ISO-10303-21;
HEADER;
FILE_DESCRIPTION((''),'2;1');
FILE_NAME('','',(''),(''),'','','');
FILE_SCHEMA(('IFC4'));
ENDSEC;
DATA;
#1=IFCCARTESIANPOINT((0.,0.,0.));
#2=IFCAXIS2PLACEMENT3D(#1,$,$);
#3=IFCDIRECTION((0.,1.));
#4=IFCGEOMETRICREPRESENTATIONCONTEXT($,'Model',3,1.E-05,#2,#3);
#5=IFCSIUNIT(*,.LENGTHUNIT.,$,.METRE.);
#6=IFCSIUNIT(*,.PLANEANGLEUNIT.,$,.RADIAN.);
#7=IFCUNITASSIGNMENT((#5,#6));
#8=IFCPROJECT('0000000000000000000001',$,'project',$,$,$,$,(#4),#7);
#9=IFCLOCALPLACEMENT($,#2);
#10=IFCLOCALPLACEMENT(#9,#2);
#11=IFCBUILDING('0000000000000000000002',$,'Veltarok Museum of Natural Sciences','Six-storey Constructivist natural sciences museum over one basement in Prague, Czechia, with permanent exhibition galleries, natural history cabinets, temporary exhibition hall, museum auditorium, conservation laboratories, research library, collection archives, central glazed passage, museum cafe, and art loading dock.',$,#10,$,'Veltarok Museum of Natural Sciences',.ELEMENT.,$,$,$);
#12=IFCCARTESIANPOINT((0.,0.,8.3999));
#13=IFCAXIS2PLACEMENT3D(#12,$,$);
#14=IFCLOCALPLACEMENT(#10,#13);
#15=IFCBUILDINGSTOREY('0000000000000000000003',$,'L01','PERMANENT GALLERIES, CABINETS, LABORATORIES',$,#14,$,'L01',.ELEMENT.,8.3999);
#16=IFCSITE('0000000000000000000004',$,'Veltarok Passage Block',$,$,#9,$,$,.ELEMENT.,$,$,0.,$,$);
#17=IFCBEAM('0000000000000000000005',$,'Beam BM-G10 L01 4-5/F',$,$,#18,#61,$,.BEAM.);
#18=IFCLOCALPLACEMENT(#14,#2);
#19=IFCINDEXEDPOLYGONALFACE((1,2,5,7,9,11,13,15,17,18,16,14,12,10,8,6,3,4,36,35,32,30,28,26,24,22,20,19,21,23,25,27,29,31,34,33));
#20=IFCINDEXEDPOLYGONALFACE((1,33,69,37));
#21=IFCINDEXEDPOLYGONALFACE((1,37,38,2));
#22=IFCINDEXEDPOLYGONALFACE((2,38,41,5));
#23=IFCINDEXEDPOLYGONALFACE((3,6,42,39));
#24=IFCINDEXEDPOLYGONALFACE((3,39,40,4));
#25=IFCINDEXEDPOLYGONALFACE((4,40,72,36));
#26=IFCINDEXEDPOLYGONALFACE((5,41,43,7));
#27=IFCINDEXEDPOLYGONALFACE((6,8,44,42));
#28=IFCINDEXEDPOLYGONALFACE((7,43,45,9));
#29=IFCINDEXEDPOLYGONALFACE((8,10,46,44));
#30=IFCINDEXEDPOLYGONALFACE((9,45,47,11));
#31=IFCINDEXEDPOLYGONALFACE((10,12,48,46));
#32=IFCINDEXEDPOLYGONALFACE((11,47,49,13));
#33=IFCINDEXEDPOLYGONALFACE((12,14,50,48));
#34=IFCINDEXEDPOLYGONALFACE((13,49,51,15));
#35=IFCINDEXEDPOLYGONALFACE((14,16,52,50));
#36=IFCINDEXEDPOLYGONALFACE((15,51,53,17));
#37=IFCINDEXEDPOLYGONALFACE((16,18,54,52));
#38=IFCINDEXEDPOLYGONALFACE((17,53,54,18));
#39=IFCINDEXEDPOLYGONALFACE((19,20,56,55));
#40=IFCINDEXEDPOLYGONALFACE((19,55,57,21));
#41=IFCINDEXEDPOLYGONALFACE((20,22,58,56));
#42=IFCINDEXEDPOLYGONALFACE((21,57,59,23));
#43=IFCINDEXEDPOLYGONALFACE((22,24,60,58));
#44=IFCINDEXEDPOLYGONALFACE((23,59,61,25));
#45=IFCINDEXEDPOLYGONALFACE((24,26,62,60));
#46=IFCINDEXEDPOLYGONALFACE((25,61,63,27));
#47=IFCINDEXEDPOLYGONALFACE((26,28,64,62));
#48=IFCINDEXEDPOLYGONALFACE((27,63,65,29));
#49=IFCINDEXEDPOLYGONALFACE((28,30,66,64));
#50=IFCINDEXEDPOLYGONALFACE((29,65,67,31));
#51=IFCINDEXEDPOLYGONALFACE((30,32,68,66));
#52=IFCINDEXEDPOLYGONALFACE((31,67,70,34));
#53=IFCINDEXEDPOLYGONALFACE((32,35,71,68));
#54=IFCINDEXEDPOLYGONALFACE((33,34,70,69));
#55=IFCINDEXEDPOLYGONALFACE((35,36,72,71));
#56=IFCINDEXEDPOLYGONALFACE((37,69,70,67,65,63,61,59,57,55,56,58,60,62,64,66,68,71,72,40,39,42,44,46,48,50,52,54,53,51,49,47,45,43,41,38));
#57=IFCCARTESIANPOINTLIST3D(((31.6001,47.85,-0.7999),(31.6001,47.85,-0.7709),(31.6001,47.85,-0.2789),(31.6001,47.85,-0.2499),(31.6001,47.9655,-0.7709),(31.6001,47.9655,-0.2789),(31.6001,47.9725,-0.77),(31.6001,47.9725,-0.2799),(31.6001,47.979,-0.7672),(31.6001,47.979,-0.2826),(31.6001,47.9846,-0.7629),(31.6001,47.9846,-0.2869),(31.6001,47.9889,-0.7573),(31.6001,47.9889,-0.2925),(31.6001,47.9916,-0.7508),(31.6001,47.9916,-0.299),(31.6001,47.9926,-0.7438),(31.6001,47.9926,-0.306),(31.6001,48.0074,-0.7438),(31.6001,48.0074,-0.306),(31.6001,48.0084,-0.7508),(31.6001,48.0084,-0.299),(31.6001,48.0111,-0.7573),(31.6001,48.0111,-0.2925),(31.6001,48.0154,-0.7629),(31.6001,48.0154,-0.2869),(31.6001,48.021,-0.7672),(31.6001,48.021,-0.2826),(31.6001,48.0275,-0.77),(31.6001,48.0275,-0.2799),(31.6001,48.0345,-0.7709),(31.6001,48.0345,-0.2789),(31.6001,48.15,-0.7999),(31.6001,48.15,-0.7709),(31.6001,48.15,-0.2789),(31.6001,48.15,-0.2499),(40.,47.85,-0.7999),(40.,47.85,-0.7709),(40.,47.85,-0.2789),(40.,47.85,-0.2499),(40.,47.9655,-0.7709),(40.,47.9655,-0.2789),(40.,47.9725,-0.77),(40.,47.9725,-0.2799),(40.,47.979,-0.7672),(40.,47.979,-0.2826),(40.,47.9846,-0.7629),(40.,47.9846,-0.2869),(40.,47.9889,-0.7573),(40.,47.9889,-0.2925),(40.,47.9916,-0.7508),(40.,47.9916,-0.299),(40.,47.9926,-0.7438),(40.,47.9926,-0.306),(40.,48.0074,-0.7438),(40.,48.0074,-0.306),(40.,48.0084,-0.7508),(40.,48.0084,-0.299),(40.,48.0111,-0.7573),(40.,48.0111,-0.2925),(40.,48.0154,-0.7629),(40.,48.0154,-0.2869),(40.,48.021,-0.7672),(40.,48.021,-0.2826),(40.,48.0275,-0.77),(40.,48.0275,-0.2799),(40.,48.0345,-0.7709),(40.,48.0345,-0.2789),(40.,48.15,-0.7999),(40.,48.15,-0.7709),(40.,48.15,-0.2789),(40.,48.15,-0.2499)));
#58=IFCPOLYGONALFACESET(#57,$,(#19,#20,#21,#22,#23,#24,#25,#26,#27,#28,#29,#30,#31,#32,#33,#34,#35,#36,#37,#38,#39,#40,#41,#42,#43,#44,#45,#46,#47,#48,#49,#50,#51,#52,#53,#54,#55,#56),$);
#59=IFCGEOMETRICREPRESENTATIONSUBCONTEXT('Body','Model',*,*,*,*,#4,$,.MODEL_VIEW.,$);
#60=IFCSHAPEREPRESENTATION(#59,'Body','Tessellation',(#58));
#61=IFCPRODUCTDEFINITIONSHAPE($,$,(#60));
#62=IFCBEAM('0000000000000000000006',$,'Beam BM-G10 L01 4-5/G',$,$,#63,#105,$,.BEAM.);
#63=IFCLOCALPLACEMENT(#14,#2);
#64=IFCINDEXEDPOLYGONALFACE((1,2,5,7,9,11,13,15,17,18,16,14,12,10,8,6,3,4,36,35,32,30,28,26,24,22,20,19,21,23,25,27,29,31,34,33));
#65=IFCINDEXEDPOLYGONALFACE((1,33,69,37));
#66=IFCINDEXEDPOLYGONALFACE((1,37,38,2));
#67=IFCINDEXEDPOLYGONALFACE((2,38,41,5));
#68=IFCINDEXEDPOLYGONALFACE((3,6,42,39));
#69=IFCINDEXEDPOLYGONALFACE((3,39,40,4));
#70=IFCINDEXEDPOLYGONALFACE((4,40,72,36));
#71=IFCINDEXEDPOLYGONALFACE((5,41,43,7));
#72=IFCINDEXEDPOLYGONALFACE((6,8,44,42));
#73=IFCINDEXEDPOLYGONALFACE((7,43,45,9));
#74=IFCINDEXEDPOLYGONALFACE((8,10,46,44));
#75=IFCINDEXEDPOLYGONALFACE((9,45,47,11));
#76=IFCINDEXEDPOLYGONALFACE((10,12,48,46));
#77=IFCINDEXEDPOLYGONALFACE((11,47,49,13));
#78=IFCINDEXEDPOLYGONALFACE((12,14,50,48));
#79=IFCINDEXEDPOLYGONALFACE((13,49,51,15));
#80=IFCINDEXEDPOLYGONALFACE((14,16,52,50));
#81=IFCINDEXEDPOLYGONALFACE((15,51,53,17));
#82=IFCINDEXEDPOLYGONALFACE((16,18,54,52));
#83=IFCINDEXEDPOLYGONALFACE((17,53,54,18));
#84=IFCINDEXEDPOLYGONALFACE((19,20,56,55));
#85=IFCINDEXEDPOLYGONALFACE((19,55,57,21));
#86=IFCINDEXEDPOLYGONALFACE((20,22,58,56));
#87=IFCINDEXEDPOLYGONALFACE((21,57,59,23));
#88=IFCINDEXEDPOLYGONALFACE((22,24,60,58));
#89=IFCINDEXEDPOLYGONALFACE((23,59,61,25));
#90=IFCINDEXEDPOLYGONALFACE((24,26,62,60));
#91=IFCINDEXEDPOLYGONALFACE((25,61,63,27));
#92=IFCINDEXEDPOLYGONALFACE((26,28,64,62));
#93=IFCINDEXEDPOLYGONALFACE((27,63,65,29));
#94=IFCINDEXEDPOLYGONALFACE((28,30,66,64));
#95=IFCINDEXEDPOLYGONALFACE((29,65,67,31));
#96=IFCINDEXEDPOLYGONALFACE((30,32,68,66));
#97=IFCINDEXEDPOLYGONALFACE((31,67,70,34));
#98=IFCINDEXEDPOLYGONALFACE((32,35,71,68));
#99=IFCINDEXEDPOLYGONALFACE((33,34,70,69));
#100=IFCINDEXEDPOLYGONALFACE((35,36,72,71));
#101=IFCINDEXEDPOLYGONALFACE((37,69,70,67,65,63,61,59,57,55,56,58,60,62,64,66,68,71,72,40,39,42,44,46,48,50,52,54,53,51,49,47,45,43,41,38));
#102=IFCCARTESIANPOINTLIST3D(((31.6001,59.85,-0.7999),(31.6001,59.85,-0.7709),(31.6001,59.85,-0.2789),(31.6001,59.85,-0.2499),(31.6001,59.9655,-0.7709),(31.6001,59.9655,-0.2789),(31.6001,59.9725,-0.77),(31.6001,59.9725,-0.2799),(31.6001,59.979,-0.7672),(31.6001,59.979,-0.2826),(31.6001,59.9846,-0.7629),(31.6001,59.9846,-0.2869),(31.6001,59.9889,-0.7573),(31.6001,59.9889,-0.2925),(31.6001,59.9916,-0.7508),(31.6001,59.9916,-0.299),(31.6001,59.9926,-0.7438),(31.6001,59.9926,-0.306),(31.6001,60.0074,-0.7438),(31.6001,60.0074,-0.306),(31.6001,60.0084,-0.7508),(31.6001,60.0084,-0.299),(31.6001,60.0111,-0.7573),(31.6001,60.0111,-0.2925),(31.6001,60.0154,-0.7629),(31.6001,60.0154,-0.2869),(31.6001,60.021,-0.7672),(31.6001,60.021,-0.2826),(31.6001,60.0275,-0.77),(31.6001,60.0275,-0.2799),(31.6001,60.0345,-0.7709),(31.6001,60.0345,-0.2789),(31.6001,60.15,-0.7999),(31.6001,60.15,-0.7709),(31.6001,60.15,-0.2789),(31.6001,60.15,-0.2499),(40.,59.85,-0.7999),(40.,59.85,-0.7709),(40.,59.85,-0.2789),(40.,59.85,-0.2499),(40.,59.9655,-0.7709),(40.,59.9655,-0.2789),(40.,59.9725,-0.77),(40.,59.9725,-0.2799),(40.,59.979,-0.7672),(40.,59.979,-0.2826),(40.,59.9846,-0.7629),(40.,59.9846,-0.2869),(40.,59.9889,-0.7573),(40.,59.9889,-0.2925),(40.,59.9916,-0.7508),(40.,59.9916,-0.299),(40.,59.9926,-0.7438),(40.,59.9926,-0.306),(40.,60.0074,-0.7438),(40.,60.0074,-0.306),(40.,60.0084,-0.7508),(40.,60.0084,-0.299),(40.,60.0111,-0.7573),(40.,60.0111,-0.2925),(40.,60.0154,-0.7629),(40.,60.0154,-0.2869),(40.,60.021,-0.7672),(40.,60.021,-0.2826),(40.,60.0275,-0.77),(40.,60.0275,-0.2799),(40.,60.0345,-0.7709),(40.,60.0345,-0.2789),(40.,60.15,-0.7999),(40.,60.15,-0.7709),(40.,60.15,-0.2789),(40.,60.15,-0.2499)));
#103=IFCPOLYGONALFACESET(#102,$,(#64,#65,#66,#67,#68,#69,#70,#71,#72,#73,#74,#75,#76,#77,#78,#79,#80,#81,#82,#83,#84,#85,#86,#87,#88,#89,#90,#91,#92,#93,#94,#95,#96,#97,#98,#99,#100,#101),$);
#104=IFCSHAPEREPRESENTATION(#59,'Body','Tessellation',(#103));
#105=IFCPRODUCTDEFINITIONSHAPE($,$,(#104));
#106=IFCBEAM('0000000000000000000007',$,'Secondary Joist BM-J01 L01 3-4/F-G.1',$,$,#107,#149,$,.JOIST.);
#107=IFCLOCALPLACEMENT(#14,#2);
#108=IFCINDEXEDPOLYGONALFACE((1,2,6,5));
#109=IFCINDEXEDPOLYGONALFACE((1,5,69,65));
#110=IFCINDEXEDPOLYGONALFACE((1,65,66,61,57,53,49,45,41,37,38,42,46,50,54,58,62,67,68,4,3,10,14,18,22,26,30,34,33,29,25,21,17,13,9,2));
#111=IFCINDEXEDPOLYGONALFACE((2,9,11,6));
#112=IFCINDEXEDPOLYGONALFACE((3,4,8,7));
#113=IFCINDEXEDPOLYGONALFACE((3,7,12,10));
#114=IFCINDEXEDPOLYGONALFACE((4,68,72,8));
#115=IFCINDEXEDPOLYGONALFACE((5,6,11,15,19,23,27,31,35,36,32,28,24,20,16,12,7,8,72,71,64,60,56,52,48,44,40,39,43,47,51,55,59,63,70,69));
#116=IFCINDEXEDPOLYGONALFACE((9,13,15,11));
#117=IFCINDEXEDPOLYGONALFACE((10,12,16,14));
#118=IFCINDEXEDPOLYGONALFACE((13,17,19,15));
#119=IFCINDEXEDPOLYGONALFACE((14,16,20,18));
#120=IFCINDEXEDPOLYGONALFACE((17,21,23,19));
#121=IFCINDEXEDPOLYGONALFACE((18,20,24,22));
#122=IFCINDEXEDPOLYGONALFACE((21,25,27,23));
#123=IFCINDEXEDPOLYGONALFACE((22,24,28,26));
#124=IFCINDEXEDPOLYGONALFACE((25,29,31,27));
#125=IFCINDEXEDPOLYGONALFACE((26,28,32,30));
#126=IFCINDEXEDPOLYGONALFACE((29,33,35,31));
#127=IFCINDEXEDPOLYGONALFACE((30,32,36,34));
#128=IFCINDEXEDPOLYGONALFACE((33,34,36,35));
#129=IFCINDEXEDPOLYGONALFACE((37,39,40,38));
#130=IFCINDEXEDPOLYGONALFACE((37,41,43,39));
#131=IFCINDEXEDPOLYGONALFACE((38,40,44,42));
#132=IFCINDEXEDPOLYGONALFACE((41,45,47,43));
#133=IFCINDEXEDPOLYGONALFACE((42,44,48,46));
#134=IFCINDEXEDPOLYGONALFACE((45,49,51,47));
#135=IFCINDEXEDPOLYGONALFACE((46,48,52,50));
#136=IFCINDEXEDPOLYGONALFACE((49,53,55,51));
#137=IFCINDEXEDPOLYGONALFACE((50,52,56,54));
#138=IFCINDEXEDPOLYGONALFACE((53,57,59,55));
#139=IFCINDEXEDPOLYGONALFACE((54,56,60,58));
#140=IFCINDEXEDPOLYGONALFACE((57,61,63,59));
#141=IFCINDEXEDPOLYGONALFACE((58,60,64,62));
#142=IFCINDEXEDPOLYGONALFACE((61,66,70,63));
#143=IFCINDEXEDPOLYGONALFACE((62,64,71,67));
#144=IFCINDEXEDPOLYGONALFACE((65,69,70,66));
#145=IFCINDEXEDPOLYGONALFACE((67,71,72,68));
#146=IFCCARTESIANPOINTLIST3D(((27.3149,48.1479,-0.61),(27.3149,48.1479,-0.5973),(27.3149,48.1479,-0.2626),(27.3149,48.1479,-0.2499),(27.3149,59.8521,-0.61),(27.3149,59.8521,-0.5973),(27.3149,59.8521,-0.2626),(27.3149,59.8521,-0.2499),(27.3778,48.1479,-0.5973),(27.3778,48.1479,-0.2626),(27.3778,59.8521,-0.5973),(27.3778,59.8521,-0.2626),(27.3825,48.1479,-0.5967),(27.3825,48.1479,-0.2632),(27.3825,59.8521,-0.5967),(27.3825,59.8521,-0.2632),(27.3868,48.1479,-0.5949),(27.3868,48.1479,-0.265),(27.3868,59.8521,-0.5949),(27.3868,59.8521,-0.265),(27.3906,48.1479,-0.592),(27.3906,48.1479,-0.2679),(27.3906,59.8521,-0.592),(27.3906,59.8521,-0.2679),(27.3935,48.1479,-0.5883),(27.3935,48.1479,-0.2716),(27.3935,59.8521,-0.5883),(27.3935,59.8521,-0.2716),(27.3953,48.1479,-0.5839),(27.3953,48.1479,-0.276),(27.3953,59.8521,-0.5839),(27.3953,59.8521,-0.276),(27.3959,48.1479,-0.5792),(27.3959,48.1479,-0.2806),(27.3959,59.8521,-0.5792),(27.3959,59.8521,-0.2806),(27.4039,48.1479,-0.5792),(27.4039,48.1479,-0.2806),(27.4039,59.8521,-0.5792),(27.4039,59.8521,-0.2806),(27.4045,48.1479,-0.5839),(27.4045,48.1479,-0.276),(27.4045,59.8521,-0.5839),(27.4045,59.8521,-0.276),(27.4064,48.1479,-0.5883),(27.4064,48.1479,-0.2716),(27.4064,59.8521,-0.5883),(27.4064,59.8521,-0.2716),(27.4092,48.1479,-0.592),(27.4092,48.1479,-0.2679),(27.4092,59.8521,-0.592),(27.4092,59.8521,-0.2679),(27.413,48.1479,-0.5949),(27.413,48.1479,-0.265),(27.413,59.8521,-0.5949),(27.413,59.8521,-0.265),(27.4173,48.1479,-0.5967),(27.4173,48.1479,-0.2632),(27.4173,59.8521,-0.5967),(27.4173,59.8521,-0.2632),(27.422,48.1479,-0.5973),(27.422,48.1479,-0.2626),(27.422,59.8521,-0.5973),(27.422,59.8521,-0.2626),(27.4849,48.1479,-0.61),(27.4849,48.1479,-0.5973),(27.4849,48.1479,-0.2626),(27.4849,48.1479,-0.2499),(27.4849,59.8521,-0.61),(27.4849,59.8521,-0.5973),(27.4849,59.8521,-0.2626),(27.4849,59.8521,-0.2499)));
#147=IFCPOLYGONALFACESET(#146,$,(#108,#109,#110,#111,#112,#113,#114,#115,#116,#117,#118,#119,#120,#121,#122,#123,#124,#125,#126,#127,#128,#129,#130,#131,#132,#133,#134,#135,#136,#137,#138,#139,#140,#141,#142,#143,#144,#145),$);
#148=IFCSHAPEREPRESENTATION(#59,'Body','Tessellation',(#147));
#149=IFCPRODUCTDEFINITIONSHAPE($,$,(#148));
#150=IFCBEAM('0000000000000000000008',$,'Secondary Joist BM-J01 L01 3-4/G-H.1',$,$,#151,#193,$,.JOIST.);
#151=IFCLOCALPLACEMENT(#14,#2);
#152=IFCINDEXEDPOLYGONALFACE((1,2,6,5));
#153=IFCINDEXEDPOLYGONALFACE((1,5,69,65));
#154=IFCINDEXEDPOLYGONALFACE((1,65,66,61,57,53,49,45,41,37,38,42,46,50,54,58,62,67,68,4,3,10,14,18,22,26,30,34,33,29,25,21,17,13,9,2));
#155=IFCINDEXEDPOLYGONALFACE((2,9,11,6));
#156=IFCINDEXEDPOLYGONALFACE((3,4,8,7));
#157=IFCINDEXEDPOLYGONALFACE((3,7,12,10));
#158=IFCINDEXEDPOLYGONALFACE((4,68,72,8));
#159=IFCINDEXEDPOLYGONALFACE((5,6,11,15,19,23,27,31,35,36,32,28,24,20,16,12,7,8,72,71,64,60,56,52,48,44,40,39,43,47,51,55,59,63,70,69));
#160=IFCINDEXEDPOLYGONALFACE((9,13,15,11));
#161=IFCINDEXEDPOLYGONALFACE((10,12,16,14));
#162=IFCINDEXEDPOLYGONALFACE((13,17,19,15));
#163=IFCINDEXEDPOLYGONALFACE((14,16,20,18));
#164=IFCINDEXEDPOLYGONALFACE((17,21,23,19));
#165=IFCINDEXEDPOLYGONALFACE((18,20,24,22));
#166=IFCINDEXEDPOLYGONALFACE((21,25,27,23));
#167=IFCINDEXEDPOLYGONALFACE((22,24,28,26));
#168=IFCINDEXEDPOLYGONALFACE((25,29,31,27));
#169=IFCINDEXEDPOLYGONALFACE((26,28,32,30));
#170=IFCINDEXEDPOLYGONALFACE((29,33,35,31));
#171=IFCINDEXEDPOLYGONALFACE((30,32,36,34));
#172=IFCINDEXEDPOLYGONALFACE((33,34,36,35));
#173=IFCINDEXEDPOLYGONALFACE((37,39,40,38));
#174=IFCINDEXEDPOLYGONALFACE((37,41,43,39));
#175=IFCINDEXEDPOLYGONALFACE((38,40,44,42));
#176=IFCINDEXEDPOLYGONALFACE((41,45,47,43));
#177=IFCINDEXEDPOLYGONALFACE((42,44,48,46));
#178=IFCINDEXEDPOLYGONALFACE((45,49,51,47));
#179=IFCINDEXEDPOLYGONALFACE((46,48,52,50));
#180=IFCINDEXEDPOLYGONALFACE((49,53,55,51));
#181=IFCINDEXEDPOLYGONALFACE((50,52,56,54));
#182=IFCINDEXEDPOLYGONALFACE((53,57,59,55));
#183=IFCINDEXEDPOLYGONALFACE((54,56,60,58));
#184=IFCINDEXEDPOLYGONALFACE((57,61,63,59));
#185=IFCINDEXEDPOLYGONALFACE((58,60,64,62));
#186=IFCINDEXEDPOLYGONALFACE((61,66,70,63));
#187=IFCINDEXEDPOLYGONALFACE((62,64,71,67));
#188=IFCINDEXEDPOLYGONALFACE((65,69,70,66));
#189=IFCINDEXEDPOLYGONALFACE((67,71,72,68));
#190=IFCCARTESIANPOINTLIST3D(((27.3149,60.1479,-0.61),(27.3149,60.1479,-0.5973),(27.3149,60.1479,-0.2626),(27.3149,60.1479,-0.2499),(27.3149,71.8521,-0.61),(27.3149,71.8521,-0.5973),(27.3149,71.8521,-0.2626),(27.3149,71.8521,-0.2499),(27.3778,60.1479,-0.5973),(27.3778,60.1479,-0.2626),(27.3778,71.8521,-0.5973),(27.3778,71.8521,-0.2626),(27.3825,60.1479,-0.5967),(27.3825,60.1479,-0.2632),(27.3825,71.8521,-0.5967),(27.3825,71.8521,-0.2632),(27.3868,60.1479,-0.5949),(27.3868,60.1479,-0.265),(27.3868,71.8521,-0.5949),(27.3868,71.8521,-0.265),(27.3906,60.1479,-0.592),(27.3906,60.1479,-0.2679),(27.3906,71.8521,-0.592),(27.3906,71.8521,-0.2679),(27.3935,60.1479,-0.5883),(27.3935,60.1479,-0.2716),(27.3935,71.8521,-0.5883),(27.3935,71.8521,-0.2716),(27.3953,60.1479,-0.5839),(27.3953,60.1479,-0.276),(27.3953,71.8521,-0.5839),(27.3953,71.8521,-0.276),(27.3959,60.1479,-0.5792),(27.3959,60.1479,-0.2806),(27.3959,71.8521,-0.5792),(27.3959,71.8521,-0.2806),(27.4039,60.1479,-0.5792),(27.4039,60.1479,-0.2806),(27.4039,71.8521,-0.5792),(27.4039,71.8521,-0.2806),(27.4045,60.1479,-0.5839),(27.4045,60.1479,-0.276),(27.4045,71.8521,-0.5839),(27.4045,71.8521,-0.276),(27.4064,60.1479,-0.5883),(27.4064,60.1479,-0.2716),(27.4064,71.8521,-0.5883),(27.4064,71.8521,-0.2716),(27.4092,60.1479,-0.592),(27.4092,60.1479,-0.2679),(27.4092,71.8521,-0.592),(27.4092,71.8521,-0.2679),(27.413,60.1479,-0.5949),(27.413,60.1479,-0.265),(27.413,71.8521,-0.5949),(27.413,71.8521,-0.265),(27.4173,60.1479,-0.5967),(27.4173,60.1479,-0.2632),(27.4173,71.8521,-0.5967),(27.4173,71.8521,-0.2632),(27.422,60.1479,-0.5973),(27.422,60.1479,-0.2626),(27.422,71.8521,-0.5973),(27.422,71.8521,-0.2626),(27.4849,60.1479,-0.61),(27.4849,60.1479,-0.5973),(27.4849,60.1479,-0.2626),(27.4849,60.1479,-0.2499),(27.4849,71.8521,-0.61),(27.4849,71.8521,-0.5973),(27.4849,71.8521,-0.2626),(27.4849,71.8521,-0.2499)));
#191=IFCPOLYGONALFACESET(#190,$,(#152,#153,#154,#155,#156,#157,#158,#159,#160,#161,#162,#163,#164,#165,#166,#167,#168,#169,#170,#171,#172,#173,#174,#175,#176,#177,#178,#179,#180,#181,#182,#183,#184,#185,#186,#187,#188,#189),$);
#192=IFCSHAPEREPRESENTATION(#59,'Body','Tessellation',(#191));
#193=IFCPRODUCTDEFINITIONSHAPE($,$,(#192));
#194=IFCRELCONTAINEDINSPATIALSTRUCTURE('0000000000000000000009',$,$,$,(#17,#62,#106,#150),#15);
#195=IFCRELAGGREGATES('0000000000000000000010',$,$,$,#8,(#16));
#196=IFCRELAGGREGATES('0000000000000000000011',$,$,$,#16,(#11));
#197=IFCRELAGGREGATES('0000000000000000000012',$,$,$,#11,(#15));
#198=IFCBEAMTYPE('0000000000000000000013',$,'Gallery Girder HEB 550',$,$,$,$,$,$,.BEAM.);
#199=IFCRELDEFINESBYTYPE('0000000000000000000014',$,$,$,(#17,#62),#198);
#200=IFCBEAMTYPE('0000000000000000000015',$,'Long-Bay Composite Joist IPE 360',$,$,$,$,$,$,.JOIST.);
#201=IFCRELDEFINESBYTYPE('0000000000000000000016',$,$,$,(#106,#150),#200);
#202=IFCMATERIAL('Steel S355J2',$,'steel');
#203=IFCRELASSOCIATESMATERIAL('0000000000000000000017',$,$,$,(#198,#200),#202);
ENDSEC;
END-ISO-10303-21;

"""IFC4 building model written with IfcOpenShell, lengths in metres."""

from ifc_helpers import new_model, si_unit, direction, frame, origin, origin_2d, place, context, subcontext, project, spatial, i_section, extrude, material, material_profile, profile_set, type_object, element, save


model = new_model("IFC4")

# Units and contexts
model_context = context("Model", 3, precision=1e-05, world=origin(), true_north=direction((0.0, 1.0)))
body_context = subcontext(model_context, "Body", "Model", "MODEL_VIEW")
ifc_project = project(units=[si_unit("LENGTHUNIT", "METRE"), si_unit("PLANEANGLEUNIT", "RADIAN")], contexts=[model_context])

# Site, building, storey
site_placement = place(None, origin())
site = spatial("IfcSite", under=ifc_project, at=site_placement, Name="Veltarok Passage Block", CompositionType="ELEMENT", RefElevation=0.0)
building_placement = place(site_placement, origin())
building = spatial("IfcBuilding", under=site, at=building_placement, Name="Veltarok Museum of Natural Sciences", Description="Six-storey Constructivist natural sciences museum over one basement in Prague, Czechia, with permanent exhibition galleries, natural history cabinets, temporary exhibition hall, museum auditorium, conservation laboratories, research library, collection archives, central glazed passage, museum cafe, and art loading dock.", LongName="Veltarok Museum of Natural Sciences", CompositionType="ELEMENT")
storey_placement = place(building_placement, frame((0.0, 0.0, 8.3999)))
storey = spatial("IfcBuildingStorey", under=building, at=storey_placement, Name="L01", Description="PERMANENT GALLERIES, CABINETS, LABORATORIES", LongName="L01", CompositionType="ELEMENT", Elevation=8.3999)

# Shared definitions
ifc_material_1 = material(Name="Steel S355J2", Category="steel")

# Beams
ifc_material_profile_1 = material_profile(ifc_material_1, i_section(OverallWidth=0.3, OverallDepth=0.55, WebThickness=0.0149, FlangeThickness=0.0291, FilletRadius=0.0271, at=origin_2d()), Name="HEB 550")
ifc_profile_set_1 = profile_set([ifc_material_profile_1], Name="Steel S355J2")
beam_type_1 = type_object("IfcBeamType", Name="Gallery Girder HEB 550", PredefinedType="BEAM", material=ifc_profile_set_1)
for number, where, z_axis, x_axis, name in (
    (1, (31.6001, 48.0, -0.5249), (1.0, 0.0, 0.0), (0.0, 1.0, 0.0), "Beam BM-G10 L01 4-5/F"),
    (2, (31.6001, 60.0, -0.5249), (1.0, 0.0, 0.0), (0.0, 1.0, 0.0), "Beam BM-G10 L01 4-5/G"),
):
    element("IfcBeam", number, at=place(storey_placement, frame(where, z_axis=z_axis, x_axis=x_axis)), inside=storey, type_object=beam_type_1, Name=name, PredefinedType="BEAM", context=body_context, shape_type="SweptSolid", body=[
        extrude(i_section(OverallWidth=0.3, OverallDepth=0.55, WebThickness=0.0149, FlangeThickness=0.0291, FilletRadius=0.0271, at=origin_2d()), origin(), (0.0, 0.0, 1.0), 8.3999),
    ])
ifc_material_profile_2 = material_profile(ifc_material_1, i_section(OverallWidth=0.1699, OverallDepth=0.3601, WebThickness=0.0081, FlangeThickness=0.0127, FilletRadius=0.0181, at=origin_2d()), Name="IPE 360")
ifc_profile_set_2 = profile_set([ifc_material_profile_2], Name="Steel S355J2")
beam_type_2 = type_object("IfcBeamType", Name="Long-Bay Composite Joist IPE 360", PredefinedType="JOIST", material=ifc_profile_set_2)
for number, where, z_axis, x_axis, name in (
    (3, (27.3999, 48.1479, -0.4299), (0.0, 1.0, 0.0), (-1.0, 0.0, 0.0), "Secondary Joist BM-J01 L01 3-4/F-G.1"),
    (4, (27.3999, 60.1479, -0.4299), (0.0, 1.0, 0.0), (-1.0, 0.0, 0.0), "Secondary Joist BM-J01 L01 3-4/G-H.1"),
):
    element("IfcBeam", number, at=place(storey_placement, frame(where, z_axis=z_axis, x_axis=x_axis)), inside=storey, type_object=beam_type_2, Name=name, PredefinedType="JOIST", context=body_context, shape_type="SweptSolid", body=[
        extrude(i_section(OverallWidth=0.1699, OverallDepth=0.3601, WebThickness=0.0081, FlangeThickness=0.0127, FilletRadius=0.0181, at=origin_2d()), origin(), (0.0, 0.0, 1.0), 11.7041),
    ])

save(model, "model.ifc")
